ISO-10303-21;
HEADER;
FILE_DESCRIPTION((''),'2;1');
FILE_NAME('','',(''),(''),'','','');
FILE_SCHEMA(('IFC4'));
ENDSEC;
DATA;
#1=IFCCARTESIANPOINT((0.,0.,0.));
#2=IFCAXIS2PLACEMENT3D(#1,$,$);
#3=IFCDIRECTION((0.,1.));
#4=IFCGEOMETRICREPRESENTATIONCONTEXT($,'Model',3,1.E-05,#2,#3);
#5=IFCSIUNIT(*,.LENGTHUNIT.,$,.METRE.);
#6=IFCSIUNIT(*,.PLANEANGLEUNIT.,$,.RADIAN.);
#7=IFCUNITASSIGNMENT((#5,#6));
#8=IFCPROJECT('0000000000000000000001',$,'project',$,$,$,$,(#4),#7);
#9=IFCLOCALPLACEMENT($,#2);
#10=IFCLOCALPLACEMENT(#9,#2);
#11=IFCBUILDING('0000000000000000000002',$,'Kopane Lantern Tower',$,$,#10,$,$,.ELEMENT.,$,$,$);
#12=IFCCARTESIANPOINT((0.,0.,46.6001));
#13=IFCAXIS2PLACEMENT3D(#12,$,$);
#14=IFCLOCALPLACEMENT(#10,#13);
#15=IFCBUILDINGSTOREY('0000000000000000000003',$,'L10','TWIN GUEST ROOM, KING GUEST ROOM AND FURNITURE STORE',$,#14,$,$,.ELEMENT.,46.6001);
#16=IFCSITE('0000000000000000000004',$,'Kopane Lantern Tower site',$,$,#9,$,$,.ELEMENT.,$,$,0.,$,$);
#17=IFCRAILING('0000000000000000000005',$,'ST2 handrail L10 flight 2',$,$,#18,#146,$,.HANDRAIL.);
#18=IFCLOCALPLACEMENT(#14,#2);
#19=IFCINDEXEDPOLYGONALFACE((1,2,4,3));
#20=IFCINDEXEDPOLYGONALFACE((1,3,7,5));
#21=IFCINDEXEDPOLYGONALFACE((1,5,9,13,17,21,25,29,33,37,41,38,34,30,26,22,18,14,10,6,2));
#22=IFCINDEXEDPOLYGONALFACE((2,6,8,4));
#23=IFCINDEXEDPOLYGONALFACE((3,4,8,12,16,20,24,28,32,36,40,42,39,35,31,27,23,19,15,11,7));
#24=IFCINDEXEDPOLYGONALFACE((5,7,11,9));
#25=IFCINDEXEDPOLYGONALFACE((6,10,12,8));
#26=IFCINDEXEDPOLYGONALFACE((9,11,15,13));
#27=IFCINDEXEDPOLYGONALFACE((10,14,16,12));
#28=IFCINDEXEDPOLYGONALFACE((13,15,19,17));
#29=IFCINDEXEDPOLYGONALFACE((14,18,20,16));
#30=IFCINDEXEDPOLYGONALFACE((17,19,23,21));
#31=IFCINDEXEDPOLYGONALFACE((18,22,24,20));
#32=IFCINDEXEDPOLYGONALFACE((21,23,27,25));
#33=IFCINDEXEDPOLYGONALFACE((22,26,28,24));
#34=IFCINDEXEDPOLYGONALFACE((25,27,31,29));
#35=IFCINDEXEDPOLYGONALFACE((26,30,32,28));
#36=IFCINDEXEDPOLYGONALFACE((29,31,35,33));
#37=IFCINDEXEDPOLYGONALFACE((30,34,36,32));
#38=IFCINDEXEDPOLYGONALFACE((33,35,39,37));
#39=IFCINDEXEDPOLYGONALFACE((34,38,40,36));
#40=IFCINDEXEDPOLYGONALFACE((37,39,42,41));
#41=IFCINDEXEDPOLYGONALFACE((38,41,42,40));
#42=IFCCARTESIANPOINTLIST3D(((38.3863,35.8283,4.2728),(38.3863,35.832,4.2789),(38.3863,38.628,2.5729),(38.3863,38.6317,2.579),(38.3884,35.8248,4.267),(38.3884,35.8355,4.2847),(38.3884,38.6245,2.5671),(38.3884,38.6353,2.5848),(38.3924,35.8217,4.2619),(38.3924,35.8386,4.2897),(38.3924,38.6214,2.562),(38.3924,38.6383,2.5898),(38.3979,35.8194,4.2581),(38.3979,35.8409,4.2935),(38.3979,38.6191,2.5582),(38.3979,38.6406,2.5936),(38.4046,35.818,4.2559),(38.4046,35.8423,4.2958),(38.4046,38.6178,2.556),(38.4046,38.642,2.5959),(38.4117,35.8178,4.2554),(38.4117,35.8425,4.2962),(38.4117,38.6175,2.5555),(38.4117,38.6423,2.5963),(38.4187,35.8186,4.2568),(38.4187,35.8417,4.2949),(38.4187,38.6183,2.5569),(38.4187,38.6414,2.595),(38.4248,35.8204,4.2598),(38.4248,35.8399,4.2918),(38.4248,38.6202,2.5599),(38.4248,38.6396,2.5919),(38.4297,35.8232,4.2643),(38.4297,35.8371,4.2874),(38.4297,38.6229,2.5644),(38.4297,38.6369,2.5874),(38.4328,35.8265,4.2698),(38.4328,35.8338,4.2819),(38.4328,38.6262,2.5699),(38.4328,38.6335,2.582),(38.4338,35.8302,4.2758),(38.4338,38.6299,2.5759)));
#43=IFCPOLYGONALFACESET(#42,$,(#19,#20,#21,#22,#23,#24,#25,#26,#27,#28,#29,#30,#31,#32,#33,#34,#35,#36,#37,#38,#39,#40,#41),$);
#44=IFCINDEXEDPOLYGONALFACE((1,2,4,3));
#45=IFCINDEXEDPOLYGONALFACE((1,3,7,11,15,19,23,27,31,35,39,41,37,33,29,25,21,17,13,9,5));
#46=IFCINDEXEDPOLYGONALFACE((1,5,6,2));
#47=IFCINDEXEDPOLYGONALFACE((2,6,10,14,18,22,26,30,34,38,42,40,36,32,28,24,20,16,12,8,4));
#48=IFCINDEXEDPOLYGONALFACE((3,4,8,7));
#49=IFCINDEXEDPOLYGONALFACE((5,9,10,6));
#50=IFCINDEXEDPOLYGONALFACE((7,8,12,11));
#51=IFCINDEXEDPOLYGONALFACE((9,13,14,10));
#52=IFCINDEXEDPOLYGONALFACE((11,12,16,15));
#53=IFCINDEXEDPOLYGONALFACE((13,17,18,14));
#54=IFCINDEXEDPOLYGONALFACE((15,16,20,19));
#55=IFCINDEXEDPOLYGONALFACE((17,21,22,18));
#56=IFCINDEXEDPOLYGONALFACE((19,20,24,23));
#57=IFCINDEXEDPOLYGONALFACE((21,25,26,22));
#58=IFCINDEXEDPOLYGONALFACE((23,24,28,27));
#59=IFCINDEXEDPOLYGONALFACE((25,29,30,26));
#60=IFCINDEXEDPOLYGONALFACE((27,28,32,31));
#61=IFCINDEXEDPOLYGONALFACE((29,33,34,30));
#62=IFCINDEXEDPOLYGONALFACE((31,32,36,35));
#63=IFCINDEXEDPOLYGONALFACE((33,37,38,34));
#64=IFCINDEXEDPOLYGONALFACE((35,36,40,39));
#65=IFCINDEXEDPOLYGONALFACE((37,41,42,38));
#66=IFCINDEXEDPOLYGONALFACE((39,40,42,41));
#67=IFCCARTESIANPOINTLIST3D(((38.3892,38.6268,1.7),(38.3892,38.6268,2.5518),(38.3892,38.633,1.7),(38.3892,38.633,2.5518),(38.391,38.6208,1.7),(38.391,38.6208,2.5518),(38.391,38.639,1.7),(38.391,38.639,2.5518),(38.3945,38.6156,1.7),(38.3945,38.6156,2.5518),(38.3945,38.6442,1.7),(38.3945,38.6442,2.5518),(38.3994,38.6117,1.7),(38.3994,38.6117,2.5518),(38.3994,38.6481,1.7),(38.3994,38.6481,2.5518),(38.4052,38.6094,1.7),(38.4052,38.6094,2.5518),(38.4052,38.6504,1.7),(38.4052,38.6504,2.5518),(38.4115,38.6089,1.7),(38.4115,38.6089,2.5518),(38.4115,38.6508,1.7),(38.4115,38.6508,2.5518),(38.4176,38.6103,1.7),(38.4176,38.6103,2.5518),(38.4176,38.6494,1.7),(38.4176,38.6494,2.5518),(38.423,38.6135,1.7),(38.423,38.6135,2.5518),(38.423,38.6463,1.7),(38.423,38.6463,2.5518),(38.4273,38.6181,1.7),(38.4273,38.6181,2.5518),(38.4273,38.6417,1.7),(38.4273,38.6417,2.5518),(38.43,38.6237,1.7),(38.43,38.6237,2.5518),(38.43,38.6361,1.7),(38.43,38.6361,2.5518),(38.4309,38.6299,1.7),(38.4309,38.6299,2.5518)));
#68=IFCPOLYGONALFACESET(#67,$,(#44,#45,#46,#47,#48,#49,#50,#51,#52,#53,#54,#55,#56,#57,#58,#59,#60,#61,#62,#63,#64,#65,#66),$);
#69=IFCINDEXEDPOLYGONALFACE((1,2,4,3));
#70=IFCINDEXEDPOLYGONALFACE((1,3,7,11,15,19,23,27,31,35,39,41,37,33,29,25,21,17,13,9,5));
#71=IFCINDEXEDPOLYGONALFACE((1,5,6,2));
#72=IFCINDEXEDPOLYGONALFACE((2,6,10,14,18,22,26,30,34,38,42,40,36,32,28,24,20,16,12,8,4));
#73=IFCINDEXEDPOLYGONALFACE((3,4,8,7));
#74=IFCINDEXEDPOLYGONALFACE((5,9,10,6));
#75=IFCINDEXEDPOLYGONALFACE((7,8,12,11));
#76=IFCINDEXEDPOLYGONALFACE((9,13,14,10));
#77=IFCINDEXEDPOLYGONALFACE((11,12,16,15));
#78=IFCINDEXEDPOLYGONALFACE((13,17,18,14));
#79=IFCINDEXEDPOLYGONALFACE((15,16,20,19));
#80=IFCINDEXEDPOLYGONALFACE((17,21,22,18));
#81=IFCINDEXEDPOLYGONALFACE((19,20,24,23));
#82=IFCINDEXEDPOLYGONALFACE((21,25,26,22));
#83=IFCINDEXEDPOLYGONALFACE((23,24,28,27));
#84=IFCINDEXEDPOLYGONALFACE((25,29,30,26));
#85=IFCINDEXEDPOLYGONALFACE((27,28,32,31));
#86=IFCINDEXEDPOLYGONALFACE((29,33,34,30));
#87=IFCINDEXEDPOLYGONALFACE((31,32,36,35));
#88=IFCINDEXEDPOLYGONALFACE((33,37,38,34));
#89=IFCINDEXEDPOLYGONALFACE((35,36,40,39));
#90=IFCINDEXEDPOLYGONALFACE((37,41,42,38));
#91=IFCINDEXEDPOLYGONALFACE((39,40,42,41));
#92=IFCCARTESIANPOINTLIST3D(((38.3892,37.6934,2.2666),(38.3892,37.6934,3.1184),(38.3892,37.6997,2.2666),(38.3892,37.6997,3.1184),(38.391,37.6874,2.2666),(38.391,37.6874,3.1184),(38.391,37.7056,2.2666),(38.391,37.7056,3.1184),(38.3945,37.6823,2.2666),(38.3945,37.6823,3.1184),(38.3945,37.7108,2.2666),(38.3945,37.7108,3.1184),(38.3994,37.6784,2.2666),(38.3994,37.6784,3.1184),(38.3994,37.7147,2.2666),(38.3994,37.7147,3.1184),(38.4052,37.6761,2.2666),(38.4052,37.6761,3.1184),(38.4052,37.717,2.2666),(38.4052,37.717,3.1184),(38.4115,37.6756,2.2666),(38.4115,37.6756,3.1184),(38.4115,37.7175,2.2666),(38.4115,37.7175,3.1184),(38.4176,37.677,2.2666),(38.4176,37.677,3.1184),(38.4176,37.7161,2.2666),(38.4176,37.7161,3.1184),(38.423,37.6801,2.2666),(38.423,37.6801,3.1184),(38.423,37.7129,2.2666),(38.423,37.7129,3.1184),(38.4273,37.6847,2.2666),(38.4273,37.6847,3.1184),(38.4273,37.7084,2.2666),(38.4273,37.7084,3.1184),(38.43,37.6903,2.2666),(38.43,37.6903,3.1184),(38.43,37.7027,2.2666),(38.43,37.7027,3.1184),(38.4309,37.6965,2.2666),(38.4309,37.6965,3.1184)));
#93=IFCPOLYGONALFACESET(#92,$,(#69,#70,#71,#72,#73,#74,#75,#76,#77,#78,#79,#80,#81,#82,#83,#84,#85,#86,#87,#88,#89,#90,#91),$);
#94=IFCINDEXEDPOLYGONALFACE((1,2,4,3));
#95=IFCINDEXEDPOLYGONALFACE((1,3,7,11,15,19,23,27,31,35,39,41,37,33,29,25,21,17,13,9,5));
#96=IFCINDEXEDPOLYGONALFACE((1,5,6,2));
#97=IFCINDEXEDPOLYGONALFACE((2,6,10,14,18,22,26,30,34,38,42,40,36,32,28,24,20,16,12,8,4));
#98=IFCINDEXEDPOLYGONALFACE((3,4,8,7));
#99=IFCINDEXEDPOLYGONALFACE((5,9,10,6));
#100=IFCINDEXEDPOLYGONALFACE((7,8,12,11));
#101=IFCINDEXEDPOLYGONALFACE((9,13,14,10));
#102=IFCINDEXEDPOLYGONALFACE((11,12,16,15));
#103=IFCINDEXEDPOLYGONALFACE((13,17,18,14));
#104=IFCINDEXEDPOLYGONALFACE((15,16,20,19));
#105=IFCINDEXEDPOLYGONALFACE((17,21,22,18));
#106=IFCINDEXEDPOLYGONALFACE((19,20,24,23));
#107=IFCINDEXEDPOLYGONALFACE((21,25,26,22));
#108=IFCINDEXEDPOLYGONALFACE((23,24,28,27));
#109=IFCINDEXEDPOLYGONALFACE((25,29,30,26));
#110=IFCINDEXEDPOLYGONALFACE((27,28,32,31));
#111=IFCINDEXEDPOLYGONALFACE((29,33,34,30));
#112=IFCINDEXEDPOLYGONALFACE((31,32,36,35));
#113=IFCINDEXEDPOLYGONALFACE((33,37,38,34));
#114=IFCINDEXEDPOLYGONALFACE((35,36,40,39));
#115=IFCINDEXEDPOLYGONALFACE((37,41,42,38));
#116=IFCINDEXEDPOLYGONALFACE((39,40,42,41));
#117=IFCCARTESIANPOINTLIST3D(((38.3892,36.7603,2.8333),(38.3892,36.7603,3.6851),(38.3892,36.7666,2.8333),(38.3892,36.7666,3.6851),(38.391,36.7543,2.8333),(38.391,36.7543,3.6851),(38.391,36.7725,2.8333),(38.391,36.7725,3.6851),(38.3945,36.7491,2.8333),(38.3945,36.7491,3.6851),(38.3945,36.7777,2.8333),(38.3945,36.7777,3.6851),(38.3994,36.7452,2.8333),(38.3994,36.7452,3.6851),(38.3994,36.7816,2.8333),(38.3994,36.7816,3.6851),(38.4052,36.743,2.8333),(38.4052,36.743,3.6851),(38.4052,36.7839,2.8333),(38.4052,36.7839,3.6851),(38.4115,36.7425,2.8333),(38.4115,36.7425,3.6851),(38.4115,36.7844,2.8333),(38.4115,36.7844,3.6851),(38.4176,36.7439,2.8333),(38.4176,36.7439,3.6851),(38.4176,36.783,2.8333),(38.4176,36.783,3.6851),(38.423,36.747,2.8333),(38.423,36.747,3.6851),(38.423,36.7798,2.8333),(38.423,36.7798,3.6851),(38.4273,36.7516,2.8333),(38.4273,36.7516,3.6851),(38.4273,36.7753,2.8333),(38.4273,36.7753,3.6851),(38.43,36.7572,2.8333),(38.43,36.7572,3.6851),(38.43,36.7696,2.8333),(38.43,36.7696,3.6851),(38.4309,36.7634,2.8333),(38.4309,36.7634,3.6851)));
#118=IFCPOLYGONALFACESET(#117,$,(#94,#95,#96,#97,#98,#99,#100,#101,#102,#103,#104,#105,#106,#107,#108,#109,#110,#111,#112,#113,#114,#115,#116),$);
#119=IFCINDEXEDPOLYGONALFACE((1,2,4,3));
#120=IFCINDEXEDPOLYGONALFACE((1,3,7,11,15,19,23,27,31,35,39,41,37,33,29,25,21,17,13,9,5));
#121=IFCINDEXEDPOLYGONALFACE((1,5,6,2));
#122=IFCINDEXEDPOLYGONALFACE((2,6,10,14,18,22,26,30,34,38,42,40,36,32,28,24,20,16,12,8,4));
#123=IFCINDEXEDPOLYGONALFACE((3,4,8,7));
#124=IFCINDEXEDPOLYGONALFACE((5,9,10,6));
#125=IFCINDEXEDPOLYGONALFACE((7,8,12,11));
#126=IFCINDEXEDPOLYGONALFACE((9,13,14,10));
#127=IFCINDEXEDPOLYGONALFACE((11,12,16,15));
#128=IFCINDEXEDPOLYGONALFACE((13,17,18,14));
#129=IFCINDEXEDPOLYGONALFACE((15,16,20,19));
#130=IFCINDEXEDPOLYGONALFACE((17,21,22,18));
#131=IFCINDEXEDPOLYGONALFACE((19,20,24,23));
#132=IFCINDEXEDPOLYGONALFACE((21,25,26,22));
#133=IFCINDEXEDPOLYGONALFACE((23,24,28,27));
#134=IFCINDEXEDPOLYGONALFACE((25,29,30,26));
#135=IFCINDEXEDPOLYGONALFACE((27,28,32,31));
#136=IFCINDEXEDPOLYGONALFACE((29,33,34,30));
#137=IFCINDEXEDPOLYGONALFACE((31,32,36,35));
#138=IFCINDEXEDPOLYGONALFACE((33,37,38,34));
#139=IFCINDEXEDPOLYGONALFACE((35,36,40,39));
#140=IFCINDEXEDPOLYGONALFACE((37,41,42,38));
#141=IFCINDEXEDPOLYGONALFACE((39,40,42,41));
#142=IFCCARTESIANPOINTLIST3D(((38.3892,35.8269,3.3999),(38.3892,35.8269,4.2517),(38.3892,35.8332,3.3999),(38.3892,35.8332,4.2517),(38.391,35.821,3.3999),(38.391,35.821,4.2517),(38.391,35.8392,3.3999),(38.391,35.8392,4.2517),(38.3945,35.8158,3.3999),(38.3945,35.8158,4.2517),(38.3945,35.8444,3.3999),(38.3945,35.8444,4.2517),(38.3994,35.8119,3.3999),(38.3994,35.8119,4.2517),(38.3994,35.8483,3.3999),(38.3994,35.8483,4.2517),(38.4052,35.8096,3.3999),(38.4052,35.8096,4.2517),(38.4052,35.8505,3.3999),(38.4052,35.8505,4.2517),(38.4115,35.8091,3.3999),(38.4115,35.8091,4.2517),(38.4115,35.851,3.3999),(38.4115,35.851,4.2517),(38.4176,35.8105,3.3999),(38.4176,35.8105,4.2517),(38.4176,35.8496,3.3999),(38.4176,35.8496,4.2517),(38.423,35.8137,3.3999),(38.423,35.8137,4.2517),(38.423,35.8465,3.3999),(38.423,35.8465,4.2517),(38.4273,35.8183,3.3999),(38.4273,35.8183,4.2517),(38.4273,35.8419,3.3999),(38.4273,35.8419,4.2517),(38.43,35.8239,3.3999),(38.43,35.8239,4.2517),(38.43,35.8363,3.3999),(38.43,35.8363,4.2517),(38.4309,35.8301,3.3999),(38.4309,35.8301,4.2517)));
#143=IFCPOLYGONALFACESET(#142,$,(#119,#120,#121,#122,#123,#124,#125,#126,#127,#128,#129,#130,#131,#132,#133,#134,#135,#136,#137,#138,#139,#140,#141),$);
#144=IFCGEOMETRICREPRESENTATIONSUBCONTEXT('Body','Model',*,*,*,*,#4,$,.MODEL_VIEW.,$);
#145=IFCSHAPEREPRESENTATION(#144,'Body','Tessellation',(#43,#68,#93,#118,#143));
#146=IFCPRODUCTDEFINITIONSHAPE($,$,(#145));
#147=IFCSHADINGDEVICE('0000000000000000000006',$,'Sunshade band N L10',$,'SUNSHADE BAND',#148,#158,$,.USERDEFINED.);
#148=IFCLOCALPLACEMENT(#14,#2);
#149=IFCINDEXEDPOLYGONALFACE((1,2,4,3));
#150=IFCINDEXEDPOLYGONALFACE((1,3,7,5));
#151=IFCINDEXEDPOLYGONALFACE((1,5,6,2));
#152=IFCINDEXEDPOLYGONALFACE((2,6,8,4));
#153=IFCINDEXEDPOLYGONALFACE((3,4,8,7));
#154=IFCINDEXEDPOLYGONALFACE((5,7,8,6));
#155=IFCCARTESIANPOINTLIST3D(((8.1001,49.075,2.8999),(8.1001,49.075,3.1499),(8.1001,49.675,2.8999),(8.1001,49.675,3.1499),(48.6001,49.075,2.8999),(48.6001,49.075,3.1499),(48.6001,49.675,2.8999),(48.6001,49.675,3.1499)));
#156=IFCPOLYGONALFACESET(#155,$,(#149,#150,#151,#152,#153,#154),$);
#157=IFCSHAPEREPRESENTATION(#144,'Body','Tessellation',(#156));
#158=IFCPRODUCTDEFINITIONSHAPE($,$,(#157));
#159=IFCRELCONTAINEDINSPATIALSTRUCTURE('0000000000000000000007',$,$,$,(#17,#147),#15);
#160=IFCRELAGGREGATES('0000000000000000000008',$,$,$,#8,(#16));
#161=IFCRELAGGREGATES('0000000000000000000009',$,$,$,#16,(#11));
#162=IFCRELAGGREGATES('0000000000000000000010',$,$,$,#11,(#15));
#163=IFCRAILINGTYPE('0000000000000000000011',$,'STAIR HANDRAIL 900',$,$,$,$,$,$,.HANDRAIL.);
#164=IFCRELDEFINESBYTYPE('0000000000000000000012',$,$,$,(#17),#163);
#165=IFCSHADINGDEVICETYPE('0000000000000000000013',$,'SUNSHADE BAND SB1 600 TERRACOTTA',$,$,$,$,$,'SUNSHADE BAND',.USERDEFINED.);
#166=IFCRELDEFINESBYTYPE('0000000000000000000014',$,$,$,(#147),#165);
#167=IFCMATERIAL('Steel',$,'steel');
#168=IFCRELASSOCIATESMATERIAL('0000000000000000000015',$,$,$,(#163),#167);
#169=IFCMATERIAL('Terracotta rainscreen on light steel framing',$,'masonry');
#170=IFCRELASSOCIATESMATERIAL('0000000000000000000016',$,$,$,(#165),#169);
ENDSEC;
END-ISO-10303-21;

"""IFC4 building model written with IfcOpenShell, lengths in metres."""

from ifc_helpers import new_model, si_unit, direction, frame, origin, origin_2d, place, context, subcontext, project, spatial, rectangle, circle, extrude, material, type_object, element, save


model = new_model("IFC4")

# Units and contexts
model_context = context("Model", 3, precision=1e-05, world=origin(), true_north=direction((0.0, 1.0)))
body_context = subcontext(model_context, "Body", "Model", "MODEL_VIEW")
ifc_project = project(units=[si_unit("LENGTHUNIT", "METRE"), si_unit("PLANEANGLEUNIT", "RADIAN")], contexts=[model_context])

# Site, building, storey
site_placement = place(None, origin())
site = spatial("IfcSite", under=ifc_project, at=site_placement, Name="Kopane Lantern Tower site", CompositionType="ELEMENT", RefElevation=0.0)
building_placement = place(site_placement, origin())
building = spatial("IfcBuilding", under=site, at=building_placement, Name="Kopane Lantern Tower", CompositionType="ELEMENT")
storey_placement = place(building_placement, frame((0.0, 0.0, 46.6001)))
storey = spatial("IfcBuildingStorey", under=building, at=storey_placement, Name="L10", Description="TWIN GUEST ROOM, KING GUEST ROOM AND FURNITURE STORE", CompositionType="ELEMENT", Elevation=46.6001)

# Railing
ifc_material_1 = material(Name="Steel", Category="steel")
railing_type = type_object("IfcRailingType", Name="STAIR HANDRAIL 900", PredefinedType="HANDRAIL", material=ifc_material_1)
for number, where, name in (
    (1, (38.4099, 38.6299, 1.7), "ST2 handrail L10 flight 2"),
):
    element("IfcRailing", number, at=place(storey_placement, frame(where)), inside=storey, type_object=railing_type, Name=name, PredefinedType="HANDRAIL", context=body_context, shape_type="SweptSolid", body=[
        extrude(circle(Radius=0.0239, at=origin_2d()), frame((0.0, 0.0, 0.876), z_axis=(0.0, -0.854778, 0.518994), x_axis=(1.0, 0.0, 0.0)), (0.0, 0.0, 1.0), 3.2754),
        extrude(circle(Radius=0.021, at=origin_2d()), origin(), (0.0, 0.0, 1.0), 0.8518),
        extrude(circle(Radius=0.021, at=origin_2d()), frame((0.0, -0.9333, 0.5667)), (0.0, 0.0, 1.0), 0.8518),
        extrude(circle(Radius=0.021, at=origin_2d()), frame((0.0, -1.8665, 1.1333)), (0.0, 0.0, 1.0), 0.8518),
        extrude(circle(Radius=0.021, at=origin_2d()), frame((0.0, -2.7998, 1.7)), (0.0, 0.0, 1.0), 0.8518),
    ])

# Shading device
ifc_material_2 = material(Name="Terracotta rainscreen on light steel framing", Category="masonry")
shading_device_type = type_object("IfcShadingDeviceType", Name="SUNSHADE BAND SB1 600 TERRACOTTA", ElementType="SUNSHADE BAND", PredefinedType="USERDEFINED", material=ifc_material_2)
shading_device_placement = place(storey_placement, frame((28.3501, 49.375, 2.8999), z_axis=(0.0, 0.0, 1.0), x_axis=(-1.0, 0.0, 0.0)))
element("IfcShadingDevice", 2, at=shading_device_placement, inside=storey, type_object=shading_device_type, Name="Sunshade band N L10", ObjectType="SUNSHADE BAND", PredefinedType="USERDEFINED", context=body_context, shape_type="SweptSolid", body=[
    extrude(rectangle(XDim=40.5, YDim=0.6001, at=origin_2d()), origin(), (0.0, 0.0, 1.0), 0.25),
])

save(model, "model.ifc")
